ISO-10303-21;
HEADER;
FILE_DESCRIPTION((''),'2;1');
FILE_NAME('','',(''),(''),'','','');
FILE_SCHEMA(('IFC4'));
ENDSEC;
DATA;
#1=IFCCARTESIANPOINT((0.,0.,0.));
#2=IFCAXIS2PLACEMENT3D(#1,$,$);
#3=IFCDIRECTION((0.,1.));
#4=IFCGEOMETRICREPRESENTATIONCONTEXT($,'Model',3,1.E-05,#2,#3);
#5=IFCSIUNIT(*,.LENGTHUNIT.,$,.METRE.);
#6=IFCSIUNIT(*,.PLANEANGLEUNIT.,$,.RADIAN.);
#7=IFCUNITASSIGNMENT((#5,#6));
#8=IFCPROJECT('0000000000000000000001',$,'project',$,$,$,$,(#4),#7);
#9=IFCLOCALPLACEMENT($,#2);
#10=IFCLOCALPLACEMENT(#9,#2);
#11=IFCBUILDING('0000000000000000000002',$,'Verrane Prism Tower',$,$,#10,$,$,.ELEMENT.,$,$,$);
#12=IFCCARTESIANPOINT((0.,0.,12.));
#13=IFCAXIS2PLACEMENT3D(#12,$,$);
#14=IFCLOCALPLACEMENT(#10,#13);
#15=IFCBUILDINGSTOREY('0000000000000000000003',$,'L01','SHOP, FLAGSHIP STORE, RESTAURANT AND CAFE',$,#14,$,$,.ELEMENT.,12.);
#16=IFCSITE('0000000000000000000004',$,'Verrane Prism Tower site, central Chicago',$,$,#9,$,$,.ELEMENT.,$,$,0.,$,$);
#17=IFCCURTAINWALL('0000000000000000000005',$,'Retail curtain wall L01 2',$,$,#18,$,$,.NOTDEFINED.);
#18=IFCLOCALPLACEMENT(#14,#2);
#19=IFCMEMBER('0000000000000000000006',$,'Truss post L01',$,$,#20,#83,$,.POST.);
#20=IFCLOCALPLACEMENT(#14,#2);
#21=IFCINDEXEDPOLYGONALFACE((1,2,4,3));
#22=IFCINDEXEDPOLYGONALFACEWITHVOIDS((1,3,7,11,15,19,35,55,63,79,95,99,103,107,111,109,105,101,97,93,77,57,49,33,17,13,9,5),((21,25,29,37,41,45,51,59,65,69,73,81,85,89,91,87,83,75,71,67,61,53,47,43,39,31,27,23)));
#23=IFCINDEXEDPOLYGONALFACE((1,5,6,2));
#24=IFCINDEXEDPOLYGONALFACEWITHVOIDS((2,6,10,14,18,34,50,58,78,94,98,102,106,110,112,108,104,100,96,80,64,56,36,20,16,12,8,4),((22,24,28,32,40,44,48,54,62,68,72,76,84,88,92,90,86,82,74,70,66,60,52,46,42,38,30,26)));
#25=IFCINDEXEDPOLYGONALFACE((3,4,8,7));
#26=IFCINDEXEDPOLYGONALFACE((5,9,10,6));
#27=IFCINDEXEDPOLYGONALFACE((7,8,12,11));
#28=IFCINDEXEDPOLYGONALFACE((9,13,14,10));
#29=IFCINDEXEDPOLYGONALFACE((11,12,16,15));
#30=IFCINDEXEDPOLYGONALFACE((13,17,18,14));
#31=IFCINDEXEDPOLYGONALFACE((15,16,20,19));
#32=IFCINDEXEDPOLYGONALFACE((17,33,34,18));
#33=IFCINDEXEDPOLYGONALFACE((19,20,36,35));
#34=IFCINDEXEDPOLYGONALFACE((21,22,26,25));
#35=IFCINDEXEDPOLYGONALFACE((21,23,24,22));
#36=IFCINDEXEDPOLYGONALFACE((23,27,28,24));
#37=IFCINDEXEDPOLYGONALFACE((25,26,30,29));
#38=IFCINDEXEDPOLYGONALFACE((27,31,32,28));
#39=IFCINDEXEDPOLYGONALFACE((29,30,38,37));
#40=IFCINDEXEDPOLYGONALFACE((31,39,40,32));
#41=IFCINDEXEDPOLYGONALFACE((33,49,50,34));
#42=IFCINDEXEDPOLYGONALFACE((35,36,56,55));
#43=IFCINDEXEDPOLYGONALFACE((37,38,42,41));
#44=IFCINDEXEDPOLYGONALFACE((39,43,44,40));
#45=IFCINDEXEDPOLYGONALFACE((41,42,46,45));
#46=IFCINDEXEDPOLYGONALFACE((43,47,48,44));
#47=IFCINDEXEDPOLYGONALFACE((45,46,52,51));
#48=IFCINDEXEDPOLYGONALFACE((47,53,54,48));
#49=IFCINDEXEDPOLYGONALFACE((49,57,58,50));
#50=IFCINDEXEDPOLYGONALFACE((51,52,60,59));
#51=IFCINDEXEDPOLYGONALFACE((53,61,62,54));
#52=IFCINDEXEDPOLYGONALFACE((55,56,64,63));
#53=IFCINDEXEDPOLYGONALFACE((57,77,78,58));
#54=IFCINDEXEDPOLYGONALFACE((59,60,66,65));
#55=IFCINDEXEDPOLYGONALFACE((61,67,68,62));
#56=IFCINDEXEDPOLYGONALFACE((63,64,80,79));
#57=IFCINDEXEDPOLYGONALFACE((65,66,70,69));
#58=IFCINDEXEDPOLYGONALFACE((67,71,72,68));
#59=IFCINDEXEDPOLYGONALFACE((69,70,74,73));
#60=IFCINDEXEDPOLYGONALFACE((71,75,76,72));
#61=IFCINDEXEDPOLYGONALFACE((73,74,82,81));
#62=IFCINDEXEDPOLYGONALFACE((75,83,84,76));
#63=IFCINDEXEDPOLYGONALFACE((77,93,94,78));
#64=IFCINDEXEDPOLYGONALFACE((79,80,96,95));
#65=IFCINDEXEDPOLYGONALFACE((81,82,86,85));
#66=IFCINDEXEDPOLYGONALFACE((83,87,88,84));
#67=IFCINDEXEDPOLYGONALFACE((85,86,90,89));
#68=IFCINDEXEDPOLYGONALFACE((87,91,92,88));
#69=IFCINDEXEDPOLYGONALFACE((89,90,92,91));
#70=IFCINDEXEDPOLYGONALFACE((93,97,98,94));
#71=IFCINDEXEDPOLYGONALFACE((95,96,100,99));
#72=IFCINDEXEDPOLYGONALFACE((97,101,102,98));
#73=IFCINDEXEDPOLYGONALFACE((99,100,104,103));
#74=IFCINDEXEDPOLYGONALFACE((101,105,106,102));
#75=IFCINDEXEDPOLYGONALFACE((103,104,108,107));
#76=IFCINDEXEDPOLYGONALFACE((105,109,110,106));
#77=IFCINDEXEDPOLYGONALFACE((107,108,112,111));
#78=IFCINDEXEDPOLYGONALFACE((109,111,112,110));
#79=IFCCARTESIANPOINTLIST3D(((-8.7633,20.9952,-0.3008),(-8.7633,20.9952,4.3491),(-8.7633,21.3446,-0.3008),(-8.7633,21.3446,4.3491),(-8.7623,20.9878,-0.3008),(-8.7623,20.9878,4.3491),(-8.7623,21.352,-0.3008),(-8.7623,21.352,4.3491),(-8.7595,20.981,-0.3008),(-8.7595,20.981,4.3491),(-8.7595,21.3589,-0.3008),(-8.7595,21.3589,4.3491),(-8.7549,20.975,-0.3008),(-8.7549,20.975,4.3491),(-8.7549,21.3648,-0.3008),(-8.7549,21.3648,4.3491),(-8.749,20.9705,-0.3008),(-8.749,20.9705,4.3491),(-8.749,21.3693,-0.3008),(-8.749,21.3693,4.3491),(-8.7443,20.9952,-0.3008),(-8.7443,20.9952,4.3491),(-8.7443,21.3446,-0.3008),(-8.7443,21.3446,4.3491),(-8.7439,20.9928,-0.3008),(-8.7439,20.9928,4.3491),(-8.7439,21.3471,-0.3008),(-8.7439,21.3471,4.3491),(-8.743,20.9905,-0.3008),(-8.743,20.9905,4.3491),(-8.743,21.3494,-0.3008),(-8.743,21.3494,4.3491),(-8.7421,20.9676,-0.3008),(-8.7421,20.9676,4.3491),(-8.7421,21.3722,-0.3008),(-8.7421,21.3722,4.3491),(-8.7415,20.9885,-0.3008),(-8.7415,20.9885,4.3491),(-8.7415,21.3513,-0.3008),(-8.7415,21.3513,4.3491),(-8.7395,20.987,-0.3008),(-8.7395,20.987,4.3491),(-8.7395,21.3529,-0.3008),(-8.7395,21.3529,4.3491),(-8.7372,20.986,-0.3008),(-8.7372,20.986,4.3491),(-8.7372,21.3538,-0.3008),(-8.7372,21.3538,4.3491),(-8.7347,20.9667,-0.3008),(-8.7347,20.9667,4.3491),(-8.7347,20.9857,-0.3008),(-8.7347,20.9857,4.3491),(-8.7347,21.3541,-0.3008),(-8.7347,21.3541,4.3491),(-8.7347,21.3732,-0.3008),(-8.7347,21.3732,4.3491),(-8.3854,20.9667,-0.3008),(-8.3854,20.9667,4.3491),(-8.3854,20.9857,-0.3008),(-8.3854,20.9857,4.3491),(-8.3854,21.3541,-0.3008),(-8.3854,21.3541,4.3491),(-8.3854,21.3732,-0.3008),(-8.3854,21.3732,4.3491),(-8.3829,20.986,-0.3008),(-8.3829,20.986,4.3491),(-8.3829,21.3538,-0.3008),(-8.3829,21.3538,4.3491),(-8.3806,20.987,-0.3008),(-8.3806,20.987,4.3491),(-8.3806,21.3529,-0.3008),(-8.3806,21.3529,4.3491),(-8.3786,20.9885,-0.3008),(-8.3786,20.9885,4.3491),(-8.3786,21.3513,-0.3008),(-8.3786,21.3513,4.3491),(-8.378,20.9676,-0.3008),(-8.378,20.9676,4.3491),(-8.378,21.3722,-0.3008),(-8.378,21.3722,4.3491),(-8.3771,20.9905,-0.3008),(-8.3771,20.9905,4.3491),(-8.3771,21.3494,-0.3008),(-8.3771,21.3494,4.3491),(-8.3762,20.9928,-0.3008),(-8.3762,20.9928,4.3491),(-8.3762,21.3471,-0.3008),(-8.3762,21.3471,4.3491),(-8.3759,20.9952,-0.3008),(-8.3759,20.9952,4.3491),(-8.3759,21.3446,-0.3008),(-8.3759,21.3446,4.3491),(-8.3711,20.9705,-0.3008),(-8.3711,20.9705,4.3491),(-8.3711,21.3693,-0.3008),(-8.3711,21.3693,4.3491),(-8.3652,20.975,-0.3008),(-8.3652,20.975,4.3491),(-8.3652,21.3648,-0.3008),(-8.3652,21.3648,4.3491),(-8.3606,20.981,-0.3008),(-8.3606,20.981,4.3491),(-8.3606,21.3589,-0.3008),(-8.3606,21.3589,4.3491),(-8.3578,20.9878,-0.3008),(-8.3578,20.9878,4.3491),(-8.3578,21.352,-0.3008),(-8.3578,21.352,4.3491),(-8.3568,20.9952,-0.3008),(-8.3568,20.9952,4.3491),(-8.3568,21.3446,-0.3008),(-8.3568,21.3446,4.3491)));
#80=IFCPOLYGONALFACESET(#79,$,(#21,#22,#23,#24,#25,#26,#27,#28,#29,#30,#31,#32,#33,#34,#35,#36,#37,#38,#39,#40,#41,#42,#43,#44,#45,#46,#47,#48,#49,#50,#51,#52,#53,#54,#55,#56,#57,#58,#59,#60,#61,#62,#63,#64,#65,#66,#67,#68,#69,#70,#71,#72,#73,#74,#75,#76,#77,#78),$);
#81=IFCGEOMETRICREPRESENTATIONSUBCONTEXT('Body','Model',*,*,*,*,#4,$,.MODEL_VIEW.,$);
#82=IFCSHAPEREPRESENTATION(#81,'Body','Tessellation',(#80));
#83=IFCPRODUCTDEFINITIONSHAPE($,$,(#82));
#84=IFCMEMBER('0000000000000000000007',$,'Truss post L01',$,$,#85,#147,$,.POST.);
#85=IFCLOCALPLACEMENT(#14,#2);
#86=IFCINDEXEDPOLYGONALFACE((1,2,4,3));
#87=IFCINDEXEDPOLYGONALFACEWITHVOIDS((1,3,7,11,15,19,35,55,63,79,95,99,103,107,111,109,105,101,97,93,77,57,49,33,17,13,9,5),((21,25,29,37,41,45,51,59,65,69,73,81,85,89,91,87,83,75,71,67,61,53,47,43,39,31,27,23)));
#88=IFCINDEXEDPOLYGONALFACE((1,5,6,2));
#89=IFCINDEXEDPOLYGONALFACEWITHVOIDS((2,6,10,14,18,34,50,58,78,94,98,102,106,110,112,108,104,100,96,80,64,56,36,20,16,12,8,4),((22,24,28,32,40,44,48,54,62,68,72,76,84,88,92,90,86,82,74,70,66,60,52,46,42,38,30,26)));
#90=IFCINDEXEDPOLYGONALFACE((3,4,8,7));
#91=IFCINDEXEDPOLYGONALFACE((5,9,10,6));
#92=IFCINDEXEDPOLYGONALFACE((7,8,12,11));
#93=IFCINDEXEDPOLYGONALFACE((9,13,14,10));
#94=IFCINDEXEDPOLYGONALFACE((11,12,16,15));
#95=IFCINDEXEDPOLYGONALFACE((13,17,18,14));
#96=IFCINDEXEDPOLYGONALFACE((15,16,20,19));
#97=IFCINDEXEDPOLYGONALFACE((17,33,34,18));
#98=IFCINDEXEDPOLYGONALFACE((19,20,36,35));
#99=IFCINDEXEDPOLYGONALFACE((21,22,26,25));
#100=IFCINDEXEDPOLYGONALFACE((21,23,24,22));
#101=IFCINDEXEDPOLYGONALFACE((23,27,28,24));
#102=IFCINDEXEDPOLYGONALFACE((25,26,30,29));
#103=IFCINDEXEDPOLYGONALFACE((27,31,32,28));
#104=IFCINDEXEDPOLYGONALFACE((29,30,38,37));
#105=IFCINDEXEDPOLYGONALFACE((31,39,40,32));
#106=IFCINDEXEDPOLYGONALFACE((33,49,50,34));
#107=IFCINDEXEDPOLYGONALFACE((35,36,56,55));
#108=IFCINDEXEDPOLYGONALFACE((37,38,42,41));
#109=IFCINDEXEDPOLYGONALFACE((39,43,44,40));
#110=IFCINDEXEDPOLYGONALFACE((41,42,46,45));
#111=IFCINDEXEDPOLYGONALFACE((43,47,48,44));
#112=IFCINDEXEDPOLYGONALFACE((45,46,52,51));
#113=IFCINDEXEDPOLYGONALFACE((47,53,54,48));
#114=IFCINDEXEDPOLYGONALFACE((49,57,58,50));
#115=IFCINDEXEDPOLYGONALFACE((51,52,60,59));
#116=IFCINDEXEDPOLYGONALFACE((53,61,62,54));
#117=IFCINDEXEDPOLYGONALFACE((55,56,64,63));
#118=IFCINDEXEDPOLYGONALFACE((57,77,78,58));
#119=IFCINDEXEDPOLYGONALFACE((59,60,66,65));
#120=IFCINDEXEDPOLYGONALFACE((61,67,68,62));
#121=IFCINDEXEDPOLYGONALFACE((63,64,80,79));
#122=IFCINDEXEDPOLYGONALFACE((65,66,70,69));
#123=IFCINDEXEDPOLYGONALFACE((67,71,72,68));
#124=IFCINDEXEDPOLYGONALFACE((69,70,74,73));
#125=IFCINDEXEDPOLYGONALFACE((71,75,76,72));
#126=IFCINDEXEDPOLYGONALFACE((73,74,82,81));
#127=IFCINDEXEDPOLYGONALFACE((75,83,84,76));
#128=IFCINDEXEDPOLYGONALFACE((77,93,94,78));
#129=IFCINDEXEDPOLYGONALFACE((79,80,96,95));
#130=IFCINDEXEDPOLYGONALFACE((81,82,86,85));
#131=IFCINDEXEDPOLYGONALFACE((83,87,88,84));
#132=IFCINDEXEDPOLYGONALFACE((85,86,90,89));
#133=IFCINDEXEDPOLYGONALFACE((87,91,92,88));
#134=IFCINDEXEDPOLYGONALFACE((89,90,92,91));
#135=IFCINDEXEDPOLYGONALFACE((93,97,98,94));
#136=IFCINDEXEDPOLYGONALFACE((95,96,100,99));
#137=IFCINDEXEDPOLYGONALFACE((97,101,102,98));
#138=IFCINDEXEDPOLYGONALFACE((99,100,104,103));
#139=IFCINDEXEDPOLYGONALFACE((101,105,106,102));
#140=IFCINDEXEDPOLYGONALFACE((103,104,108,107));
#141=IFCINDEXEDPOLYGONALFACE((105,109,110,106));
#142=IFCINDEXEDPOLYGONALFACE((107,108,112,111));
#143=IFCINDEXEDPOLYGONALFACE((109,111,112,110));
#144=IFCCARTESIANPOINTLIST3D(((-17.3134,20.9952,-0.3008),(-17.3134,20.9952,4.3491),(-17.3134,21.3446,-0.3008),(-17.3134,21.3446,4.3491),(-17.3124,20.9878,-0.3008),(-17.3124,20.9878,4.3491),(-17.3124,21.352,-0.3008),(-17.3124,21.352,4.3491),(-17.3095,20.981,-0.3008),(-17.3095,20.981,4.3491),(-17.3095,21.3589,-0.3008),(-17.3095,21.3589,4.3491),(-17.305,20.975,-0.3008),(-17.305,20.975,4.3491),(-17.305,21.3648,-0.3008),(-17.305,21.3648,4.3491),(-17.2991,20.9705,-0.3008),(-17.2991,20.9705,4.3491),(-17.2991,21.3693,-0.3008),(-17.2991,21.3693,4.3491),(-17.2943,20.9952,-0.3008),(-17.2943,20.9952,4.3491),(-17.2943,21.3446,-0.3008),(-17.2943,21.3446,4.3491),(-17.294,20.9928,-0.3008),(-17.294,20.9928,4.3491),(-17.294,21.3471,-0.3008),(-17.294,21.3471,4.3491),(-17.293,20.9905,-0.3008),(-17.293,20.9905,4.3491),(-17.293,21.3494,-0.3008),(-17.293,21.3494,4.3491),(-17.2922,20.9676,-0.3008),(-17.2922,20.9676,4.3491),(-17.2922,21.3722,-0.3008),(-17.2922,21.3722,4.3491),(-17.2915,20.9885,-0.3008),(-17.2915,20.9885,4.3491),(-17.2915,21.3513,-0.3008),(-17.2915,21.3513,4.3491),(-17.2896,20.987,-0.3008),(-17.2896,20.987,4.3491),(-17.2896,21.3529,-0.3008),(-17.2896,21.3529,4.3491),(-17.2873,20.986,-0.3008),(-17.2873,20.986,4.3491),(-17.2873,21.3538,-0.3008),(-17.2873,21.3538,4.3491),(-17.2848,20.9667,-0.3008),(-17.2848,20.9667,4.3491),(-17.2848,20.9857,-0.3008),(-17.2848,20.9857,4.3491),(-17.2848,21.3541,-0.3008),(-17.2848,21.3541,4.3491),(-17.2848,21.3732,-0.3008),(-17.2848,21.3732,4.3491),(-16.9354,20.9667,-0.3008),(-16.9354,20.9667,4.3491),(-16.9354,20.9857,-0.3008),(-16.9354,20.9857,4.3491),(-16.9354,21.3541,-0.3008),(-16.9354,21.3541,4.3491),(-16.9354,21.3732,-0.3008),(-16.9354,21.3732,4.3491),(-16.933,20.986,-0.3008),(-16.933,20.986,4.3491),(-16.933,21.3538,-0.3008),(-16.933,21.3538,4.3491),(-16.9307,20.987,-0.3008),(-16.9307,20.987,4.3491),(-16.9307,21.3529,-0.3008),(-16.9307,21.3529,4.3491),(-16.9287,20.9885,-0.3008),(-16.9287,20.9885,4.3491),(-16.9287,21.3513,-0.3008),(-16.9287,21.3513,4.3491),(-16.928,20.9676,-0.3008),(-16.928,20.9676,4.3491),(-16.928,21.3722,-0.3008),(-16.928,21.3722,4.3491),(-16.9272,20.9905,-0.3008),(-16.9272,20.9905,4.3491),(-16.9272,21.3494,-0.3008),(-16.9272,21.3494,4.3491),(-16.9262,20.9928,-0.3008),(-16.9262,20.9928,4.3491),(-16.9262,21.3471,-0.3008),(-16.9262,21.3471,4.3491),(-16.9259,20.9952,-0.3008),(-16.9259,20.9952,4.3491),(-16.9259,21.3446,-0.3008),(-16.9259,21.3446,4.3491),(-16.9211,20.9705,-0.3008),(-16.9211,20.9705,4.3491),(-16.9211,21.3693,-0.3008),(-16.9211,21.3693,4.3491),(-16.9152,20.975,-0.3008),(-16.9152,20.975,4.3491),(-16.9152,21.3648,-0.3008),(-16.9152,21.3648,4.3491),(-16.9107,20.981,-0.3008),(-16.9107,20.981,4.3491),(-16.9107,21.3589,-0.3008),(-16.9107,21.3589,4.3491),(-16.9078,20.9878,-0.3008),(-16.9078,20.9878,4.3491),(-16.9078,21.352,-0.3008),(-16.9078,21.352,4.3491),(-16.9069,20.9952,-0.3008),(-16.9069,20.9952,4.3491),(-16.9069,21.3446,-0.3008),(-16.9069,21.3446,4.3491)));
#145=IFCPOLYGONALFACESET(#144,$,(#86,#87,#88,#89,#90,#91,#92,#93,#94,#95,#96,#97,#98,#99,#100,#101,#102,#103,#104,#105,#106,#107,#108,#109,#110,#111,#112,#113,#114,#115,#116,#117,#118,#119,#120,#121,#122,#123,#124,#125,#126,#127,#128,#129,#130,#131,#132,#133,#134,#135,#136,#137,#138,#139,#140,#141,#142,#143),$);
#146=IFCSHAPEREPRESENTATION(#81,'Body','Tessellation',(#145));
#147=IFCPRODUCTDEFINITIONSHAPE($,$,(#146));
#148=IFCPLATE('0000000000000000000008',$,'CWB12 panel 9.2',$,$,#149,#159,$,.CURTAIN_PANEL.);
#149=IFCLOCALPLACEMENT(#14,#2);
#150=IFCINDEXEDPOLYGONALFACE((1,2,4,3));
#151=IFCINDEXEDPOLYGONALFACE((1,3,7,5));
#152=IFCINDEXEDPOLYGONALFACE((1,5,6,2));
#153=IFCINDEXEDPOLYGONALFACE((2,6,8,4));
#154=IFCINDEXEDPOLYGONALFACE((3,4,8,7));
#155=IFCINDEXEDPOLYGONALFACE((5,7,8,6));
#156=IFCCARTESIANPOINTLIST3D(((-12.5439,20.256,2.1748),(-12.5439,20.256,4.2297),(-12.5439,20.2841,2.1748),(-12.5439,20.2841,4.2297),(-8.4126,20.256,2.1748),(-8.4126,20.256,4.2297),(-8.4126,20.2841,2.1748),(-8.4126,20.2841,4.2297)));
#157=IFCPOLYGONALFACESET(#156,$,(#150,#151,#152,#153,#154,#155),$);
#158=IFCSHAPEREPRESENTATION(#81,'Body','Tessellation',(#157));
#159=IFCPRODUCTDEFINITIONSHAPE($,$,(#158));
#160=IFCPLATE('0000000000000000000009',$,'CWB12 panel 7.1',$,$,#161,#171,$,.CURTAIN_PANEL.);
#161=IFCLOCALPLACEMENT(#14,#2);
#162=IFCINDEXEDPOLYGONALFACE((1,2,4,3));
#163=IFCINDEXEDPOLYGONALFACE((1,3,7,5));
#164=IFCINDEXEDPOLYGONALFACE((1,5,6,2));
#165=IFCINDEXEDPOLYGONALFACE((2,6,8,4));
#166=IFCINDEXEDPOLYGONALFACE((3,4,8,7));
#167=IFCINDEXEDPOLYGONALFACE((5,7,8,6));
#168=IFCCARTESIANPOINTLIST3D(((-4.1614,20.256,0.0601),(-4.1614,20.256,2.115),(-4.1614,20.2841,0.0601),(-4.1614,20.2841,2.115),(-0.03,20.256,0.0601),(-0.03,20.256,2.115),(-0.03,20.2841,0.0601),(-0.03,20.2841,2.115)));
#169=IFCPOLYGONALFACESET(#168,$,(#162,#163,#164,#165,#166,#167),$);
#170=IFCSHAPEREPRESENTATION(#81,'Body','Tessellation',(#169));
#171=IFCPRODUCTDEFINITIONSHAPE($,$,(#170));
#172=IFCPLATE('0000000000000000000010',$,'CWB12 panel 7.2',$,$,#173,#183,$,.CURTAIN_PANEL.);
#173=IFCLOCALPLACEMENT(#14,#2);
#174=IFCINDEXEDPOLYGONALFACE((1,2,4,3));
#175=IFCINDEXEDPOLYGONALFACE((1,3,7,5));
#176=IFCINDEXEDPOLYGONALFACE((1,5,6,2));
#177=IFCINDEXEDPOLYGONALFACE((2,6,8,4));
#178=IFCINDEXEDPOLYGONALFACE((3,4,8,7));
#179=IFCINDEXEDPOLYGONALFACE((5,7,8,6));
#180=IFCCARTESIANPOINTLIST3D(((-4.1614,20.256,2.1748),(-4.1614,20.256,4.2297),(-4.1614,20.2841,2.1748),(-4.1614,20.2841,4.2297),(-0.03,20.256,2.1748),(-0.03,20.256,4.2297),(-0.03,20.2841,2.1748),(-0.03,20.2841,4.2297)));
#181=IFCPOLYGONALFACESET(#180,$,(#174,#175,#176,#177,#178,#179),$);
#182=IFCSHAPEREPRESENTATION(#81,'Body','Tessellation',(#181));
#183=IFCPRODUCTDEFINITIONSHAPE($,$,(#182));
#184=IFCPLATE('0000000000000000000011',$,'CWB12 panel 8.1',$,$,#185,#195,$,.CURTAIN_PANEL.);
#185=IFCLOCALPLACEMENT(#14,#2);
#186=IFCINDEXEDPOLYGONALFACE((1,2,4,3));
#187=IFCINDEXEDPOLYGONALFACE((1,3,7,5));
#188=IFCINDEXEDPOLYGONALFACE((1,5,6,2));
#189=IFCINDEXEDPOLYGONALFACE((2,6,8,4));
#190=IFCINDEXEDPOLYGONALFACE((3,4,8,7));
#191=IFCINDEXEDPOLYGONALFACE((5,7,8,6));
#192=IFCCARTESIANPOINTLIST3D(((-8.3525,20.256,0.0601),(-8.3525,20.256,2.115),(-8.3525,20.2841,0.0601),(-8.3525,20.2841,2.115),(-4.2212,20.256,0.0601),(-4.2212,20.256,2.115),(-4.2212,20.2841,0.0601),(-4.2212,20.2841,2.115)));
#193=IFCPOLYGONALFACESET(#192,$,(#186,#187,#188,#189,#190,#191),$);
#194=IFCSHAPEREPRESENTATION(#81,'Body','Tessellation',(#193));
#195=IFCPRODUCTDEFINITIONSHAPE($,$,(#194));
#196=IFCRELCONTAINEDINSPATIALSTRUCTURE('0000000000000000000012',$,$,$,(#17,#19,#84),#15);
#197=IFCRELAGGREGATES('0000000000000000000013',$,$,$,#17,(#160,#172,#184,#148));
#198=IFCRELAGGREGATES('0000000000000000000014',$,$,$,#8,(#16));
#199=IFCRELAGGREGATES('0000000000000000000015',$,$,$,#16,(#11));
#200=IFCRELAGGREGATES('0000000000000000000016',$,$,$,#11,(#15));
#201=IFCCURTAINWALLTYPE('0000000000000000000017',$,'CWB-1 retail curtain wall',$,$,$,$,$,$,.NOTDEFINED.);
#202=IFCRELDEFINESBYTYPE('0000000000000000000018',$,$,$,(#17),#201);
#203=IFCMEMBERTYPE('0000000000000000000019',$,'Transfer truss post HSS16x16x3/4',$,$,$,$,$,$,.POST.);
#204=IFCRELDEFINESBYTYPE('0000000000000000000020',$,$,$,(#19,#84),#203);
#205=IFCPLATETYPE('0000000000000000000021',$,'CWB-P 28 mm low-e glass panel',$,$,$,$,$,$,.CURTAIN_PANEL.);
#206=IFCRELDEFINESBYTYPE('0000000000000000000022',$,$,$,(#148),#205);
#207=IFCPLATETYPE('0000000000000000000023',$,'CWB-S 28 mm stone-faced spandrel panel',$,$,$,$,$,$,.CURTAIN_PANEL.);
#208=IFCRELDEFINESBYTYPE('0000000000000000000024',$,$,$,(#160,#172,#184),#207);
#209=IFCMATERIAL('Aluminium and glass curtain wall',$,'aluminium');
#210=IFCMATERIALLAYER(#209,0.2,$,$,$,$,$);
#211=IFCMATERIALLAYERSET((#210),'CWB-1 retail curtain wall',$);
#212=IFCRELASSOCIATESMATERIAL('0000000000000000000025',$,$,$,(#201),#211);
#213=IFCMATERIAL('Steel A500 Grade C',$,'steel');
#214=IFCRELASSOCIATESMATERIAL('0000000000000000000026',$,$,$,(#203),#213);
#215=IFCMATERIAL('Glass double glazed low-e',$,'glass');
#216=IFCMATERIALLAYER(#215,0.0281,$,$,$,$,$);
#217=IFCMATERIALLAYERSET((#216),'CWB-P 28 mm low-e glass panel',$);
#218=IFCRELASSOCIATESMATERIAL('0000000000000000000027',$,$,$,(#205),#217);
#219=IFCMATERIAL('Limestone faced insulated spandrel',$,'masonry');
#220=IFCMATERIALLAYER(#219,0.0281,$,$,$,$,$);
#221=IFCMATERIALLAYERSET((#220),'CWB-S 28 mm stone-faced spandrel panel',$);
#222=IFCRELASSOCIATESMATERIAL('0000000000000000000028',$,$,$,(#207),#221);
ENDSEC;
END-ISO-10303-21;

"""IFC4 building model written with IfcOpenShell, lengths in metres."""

from ifc_helpers import new_model, si_unit, direction, frame, origin, origin_2d, place, context, subcontext, project, spatial, rectangle, hollow_rectangle, extrude, material, layer, layer_set, material_profile, profile_set, type_object, element, aggregate, save


model = new_model("IFC4")

# Units and contexts
model_context = context("Model", 3, precision=1e-05, world=origin(), true_north=direction((0.0, 1.0)))
body_context = subcontext(model_context, "Body", "Model", "MODEL_VIEW")
ifc_project = project(units=[si_unit("LENGTHUNIT", "METRE"), si_unit("PLANEANGLEUNIT", "RADIAN")], contexts=[model_context])

# Site, building, storey
site_placement = place(None, origin())
site = spatial("IfcSite", under=ifc_project, at=site_placement, Name="Verrane Prism Tower site, central Chicago", CompositionType="ELEMENT", RefElevation=0.0)
building_placement = place(site_placement, origin())
building = spatial("IfcBuilding", under=site, at=building_placement, Name="Verrane Prism Tower", CompositionType="ELEMENT")
storey_placement = place(building_placement, frame((0.0, 0.0, 12.0)))
storey = spatial("IfcBuildingStorey", under=building, at=storey_placement, Name="L01", Description="SHOP, FLAGSHIP STORE, RESTAURANT AND CAFE", CompositionType="ELEMENT", Elevation=12.0)

# Curtain wall
ifc_material_1 = material(Name="Aluminium and glass curtain wall", Category="aluminium")
ifc_layer_1 = layer(ifc_material_1, 0.2)
ifc_layer_set_1 = layer_set([ifc_layer_1], Name="CWB-1 retail curtain wall")
curtain_wall_type = type_object("IfcCurtainWallType", Name="CWB-1 retail curtain wall", PredefinedType="NOTDEFINED", material=ifc_layer_set_1)
curtain_wall_placement = place(storey_placement, origin())
curtain_wall = element("IfcCurtainWall", 1, at=curtain_wall_placement, inside=storey, type_object=curtain_wall_type, Name="Retail curtain wall L01 2", PredefinedType="NOTDEFINED")

# Members
ifc_material_2 = material(Name="Steel A500 Grade C", Category="steel")
ifc_material_profile_1 = material_profile(ifc_material_2, hollow_rectangle(XDim=0.4065, YDim=0.4065, WallThickness=0.019, InnerFilletRadius=0.0095, OuterFilletRadius=0.0286, at=origin_2d()), Name="HSS16x16x3/4")
ifc_profile_set_1 = profile_set([ifc_material_profile_1], Name="Steel A500 Grade C")
member_type_1 = type_object("IfcMemberType", Name="Transfer truss post HSS16x16x3/4", PredefinedType="POST", material=ifc_profile_set_1)
for number, where, z_axis, x_axis, name in (
    (2, (-8.5601, 21.1699, -0.3008), (0.0, 0.0, 1.0), (1.0, 0.0, 0.0), "Truss post L01"),
    (3, (-17.1101, 21.1699, -0.3008), (0.0, 0.0, 1.0), (1.0, 0.0, 0.0), "Truss post L01"),
):
    element("IfcMember", number, at=place(storey_placement, frame(where, z_axis=z_axis, x_axis=x_axis)), inside=storey, type_object=member_type_1, Name=name, PredefinedType="POST", context=body_context, shape_type="SweptSolid", body=[
        extrude(hollow_rectangle(XDim=0.4065, YDim=0.4065, WallThickness=0.019, InnerFilletRadius=0.0095, OuterFilletRadius=0.0286, at=origin_2d()), origin(), (0.0, 0.0, 1.0), 4.6499),
    ])

# Plates
ifc_material_3 = material(Name="Glass double glazed low-e", Category="glass")
ifc_layer_2 = layer(ifc_material_3, 0.0281)
ifc_layer_set_2 = layer_set([ifc_layer_2], Name="CWB-P 28 mm low-e glass panel")
plate_type_1 = type_object("IfcPlateType", Name="CWB-P 28 mm low-e glass panel", PredefinedType="CURTAIN_PANEL", material=ifc_layer_set_2)
plate_1_placement = place(storey_placement, frame((-10.4783, 20.27, 2.1748), z_axis=(0.0, 0.0, 1.0), x_axis=(-1.0, 0.0, 0.0)))
plate_1 = element("IfcPlate", 4, at=plate_1_placement, type_object=plate_type_1, Name="CWB12 panel 9.2", PredefinedType="CURTAIN_PANEL", context=body_context, shape_type="SweptSolid", body=[
    extrude(rectangle(XDim=4.1313, YDim=0.0281, at=origin_2d()), origin(), (0.0, 0.0, 1.0), 2.0549),
])
ifc_material_4 = material(Name="Limestone faced insulated spandrel", Category="masonry")
ifc_layer_3 = layer(ifc_material_4, 0.0281)
ifc_layer_set_3 = layer_set([ifc_layer_3], Name="CWB-S 28 mm stone-faced spandrel panel")
plate_type_2 = type_object("IfcPlateType", Name="CWB-S 28 mm stone-faced spandrel panel", PredefinedType="CURTAIN_PANEL", material=ifc_layer_set_3)
plate_2_placement = place(storey_placement, frame((-2.0957, 20.27, 0.0601), z_axis=(0.0, 0.0, 1.0), x_axis=(-1.0, 0.0, 0.0)))
plate_2 = element("IfcPlate", 5, at=plate_2_placement, type_object=plate_type_2, Name="CWB12 panel 7.1", PredefinedType="CURTAIN_PANEL", context=body_context, shape_type="SweptSolid", body=[
    extrude(rectangle(XDim=4.1313, YDim=0.0281, at=origin_2d()), origin(), (0.0, 0.0, 1.0), 2.0549),
])
plate_3_placement = place(storey_placement, frame((-2.0957, 20.27, 2.1748), z_axis=(0.0, 0.0, 1.0), x_axis=(-1.0, 0.0, 0.0)))
plate_3 = element("IfcPlate", 6, at=plate_3_placement, type_object=plate_type_2, Name="CWB12 panel 7.2", PredefinedType="CURTAIN_PANEL", context=body_context, shape_type="SweptSolid", body=[
    extrude(rectangle(XDim=4.1313, YDim=0.0281, at=origin_2d()), origin(), (0.0, 0.0, 1.0), 2.0549),
])
plate_4_placement = place(storey_placement, frame((-6.2869, 20.27, 0.0601), z_axis=(0.0, 0.0, 1.0), x_axis=(-1.0, 0.0, 0.0)))
plate_4 = element("IfcPlate", 7, at=plate_4_placement, type_object=plate_type_2, Name="CWB12 panel 8.1", PredefinedType="CURTAIN_PANEL", context=body_context, shape_type="SweptSolid", body=[
    extrude(rectangle(XDim=4.1313, YDim=0.0281, at=origin_2d()), origin(), (0.0, 0.0, 1.0), 2.0549),
])
aggregate(curtain_wall, [plate_2, plate_3, plate_4, plate_1])

save(model, "model.ifc")
